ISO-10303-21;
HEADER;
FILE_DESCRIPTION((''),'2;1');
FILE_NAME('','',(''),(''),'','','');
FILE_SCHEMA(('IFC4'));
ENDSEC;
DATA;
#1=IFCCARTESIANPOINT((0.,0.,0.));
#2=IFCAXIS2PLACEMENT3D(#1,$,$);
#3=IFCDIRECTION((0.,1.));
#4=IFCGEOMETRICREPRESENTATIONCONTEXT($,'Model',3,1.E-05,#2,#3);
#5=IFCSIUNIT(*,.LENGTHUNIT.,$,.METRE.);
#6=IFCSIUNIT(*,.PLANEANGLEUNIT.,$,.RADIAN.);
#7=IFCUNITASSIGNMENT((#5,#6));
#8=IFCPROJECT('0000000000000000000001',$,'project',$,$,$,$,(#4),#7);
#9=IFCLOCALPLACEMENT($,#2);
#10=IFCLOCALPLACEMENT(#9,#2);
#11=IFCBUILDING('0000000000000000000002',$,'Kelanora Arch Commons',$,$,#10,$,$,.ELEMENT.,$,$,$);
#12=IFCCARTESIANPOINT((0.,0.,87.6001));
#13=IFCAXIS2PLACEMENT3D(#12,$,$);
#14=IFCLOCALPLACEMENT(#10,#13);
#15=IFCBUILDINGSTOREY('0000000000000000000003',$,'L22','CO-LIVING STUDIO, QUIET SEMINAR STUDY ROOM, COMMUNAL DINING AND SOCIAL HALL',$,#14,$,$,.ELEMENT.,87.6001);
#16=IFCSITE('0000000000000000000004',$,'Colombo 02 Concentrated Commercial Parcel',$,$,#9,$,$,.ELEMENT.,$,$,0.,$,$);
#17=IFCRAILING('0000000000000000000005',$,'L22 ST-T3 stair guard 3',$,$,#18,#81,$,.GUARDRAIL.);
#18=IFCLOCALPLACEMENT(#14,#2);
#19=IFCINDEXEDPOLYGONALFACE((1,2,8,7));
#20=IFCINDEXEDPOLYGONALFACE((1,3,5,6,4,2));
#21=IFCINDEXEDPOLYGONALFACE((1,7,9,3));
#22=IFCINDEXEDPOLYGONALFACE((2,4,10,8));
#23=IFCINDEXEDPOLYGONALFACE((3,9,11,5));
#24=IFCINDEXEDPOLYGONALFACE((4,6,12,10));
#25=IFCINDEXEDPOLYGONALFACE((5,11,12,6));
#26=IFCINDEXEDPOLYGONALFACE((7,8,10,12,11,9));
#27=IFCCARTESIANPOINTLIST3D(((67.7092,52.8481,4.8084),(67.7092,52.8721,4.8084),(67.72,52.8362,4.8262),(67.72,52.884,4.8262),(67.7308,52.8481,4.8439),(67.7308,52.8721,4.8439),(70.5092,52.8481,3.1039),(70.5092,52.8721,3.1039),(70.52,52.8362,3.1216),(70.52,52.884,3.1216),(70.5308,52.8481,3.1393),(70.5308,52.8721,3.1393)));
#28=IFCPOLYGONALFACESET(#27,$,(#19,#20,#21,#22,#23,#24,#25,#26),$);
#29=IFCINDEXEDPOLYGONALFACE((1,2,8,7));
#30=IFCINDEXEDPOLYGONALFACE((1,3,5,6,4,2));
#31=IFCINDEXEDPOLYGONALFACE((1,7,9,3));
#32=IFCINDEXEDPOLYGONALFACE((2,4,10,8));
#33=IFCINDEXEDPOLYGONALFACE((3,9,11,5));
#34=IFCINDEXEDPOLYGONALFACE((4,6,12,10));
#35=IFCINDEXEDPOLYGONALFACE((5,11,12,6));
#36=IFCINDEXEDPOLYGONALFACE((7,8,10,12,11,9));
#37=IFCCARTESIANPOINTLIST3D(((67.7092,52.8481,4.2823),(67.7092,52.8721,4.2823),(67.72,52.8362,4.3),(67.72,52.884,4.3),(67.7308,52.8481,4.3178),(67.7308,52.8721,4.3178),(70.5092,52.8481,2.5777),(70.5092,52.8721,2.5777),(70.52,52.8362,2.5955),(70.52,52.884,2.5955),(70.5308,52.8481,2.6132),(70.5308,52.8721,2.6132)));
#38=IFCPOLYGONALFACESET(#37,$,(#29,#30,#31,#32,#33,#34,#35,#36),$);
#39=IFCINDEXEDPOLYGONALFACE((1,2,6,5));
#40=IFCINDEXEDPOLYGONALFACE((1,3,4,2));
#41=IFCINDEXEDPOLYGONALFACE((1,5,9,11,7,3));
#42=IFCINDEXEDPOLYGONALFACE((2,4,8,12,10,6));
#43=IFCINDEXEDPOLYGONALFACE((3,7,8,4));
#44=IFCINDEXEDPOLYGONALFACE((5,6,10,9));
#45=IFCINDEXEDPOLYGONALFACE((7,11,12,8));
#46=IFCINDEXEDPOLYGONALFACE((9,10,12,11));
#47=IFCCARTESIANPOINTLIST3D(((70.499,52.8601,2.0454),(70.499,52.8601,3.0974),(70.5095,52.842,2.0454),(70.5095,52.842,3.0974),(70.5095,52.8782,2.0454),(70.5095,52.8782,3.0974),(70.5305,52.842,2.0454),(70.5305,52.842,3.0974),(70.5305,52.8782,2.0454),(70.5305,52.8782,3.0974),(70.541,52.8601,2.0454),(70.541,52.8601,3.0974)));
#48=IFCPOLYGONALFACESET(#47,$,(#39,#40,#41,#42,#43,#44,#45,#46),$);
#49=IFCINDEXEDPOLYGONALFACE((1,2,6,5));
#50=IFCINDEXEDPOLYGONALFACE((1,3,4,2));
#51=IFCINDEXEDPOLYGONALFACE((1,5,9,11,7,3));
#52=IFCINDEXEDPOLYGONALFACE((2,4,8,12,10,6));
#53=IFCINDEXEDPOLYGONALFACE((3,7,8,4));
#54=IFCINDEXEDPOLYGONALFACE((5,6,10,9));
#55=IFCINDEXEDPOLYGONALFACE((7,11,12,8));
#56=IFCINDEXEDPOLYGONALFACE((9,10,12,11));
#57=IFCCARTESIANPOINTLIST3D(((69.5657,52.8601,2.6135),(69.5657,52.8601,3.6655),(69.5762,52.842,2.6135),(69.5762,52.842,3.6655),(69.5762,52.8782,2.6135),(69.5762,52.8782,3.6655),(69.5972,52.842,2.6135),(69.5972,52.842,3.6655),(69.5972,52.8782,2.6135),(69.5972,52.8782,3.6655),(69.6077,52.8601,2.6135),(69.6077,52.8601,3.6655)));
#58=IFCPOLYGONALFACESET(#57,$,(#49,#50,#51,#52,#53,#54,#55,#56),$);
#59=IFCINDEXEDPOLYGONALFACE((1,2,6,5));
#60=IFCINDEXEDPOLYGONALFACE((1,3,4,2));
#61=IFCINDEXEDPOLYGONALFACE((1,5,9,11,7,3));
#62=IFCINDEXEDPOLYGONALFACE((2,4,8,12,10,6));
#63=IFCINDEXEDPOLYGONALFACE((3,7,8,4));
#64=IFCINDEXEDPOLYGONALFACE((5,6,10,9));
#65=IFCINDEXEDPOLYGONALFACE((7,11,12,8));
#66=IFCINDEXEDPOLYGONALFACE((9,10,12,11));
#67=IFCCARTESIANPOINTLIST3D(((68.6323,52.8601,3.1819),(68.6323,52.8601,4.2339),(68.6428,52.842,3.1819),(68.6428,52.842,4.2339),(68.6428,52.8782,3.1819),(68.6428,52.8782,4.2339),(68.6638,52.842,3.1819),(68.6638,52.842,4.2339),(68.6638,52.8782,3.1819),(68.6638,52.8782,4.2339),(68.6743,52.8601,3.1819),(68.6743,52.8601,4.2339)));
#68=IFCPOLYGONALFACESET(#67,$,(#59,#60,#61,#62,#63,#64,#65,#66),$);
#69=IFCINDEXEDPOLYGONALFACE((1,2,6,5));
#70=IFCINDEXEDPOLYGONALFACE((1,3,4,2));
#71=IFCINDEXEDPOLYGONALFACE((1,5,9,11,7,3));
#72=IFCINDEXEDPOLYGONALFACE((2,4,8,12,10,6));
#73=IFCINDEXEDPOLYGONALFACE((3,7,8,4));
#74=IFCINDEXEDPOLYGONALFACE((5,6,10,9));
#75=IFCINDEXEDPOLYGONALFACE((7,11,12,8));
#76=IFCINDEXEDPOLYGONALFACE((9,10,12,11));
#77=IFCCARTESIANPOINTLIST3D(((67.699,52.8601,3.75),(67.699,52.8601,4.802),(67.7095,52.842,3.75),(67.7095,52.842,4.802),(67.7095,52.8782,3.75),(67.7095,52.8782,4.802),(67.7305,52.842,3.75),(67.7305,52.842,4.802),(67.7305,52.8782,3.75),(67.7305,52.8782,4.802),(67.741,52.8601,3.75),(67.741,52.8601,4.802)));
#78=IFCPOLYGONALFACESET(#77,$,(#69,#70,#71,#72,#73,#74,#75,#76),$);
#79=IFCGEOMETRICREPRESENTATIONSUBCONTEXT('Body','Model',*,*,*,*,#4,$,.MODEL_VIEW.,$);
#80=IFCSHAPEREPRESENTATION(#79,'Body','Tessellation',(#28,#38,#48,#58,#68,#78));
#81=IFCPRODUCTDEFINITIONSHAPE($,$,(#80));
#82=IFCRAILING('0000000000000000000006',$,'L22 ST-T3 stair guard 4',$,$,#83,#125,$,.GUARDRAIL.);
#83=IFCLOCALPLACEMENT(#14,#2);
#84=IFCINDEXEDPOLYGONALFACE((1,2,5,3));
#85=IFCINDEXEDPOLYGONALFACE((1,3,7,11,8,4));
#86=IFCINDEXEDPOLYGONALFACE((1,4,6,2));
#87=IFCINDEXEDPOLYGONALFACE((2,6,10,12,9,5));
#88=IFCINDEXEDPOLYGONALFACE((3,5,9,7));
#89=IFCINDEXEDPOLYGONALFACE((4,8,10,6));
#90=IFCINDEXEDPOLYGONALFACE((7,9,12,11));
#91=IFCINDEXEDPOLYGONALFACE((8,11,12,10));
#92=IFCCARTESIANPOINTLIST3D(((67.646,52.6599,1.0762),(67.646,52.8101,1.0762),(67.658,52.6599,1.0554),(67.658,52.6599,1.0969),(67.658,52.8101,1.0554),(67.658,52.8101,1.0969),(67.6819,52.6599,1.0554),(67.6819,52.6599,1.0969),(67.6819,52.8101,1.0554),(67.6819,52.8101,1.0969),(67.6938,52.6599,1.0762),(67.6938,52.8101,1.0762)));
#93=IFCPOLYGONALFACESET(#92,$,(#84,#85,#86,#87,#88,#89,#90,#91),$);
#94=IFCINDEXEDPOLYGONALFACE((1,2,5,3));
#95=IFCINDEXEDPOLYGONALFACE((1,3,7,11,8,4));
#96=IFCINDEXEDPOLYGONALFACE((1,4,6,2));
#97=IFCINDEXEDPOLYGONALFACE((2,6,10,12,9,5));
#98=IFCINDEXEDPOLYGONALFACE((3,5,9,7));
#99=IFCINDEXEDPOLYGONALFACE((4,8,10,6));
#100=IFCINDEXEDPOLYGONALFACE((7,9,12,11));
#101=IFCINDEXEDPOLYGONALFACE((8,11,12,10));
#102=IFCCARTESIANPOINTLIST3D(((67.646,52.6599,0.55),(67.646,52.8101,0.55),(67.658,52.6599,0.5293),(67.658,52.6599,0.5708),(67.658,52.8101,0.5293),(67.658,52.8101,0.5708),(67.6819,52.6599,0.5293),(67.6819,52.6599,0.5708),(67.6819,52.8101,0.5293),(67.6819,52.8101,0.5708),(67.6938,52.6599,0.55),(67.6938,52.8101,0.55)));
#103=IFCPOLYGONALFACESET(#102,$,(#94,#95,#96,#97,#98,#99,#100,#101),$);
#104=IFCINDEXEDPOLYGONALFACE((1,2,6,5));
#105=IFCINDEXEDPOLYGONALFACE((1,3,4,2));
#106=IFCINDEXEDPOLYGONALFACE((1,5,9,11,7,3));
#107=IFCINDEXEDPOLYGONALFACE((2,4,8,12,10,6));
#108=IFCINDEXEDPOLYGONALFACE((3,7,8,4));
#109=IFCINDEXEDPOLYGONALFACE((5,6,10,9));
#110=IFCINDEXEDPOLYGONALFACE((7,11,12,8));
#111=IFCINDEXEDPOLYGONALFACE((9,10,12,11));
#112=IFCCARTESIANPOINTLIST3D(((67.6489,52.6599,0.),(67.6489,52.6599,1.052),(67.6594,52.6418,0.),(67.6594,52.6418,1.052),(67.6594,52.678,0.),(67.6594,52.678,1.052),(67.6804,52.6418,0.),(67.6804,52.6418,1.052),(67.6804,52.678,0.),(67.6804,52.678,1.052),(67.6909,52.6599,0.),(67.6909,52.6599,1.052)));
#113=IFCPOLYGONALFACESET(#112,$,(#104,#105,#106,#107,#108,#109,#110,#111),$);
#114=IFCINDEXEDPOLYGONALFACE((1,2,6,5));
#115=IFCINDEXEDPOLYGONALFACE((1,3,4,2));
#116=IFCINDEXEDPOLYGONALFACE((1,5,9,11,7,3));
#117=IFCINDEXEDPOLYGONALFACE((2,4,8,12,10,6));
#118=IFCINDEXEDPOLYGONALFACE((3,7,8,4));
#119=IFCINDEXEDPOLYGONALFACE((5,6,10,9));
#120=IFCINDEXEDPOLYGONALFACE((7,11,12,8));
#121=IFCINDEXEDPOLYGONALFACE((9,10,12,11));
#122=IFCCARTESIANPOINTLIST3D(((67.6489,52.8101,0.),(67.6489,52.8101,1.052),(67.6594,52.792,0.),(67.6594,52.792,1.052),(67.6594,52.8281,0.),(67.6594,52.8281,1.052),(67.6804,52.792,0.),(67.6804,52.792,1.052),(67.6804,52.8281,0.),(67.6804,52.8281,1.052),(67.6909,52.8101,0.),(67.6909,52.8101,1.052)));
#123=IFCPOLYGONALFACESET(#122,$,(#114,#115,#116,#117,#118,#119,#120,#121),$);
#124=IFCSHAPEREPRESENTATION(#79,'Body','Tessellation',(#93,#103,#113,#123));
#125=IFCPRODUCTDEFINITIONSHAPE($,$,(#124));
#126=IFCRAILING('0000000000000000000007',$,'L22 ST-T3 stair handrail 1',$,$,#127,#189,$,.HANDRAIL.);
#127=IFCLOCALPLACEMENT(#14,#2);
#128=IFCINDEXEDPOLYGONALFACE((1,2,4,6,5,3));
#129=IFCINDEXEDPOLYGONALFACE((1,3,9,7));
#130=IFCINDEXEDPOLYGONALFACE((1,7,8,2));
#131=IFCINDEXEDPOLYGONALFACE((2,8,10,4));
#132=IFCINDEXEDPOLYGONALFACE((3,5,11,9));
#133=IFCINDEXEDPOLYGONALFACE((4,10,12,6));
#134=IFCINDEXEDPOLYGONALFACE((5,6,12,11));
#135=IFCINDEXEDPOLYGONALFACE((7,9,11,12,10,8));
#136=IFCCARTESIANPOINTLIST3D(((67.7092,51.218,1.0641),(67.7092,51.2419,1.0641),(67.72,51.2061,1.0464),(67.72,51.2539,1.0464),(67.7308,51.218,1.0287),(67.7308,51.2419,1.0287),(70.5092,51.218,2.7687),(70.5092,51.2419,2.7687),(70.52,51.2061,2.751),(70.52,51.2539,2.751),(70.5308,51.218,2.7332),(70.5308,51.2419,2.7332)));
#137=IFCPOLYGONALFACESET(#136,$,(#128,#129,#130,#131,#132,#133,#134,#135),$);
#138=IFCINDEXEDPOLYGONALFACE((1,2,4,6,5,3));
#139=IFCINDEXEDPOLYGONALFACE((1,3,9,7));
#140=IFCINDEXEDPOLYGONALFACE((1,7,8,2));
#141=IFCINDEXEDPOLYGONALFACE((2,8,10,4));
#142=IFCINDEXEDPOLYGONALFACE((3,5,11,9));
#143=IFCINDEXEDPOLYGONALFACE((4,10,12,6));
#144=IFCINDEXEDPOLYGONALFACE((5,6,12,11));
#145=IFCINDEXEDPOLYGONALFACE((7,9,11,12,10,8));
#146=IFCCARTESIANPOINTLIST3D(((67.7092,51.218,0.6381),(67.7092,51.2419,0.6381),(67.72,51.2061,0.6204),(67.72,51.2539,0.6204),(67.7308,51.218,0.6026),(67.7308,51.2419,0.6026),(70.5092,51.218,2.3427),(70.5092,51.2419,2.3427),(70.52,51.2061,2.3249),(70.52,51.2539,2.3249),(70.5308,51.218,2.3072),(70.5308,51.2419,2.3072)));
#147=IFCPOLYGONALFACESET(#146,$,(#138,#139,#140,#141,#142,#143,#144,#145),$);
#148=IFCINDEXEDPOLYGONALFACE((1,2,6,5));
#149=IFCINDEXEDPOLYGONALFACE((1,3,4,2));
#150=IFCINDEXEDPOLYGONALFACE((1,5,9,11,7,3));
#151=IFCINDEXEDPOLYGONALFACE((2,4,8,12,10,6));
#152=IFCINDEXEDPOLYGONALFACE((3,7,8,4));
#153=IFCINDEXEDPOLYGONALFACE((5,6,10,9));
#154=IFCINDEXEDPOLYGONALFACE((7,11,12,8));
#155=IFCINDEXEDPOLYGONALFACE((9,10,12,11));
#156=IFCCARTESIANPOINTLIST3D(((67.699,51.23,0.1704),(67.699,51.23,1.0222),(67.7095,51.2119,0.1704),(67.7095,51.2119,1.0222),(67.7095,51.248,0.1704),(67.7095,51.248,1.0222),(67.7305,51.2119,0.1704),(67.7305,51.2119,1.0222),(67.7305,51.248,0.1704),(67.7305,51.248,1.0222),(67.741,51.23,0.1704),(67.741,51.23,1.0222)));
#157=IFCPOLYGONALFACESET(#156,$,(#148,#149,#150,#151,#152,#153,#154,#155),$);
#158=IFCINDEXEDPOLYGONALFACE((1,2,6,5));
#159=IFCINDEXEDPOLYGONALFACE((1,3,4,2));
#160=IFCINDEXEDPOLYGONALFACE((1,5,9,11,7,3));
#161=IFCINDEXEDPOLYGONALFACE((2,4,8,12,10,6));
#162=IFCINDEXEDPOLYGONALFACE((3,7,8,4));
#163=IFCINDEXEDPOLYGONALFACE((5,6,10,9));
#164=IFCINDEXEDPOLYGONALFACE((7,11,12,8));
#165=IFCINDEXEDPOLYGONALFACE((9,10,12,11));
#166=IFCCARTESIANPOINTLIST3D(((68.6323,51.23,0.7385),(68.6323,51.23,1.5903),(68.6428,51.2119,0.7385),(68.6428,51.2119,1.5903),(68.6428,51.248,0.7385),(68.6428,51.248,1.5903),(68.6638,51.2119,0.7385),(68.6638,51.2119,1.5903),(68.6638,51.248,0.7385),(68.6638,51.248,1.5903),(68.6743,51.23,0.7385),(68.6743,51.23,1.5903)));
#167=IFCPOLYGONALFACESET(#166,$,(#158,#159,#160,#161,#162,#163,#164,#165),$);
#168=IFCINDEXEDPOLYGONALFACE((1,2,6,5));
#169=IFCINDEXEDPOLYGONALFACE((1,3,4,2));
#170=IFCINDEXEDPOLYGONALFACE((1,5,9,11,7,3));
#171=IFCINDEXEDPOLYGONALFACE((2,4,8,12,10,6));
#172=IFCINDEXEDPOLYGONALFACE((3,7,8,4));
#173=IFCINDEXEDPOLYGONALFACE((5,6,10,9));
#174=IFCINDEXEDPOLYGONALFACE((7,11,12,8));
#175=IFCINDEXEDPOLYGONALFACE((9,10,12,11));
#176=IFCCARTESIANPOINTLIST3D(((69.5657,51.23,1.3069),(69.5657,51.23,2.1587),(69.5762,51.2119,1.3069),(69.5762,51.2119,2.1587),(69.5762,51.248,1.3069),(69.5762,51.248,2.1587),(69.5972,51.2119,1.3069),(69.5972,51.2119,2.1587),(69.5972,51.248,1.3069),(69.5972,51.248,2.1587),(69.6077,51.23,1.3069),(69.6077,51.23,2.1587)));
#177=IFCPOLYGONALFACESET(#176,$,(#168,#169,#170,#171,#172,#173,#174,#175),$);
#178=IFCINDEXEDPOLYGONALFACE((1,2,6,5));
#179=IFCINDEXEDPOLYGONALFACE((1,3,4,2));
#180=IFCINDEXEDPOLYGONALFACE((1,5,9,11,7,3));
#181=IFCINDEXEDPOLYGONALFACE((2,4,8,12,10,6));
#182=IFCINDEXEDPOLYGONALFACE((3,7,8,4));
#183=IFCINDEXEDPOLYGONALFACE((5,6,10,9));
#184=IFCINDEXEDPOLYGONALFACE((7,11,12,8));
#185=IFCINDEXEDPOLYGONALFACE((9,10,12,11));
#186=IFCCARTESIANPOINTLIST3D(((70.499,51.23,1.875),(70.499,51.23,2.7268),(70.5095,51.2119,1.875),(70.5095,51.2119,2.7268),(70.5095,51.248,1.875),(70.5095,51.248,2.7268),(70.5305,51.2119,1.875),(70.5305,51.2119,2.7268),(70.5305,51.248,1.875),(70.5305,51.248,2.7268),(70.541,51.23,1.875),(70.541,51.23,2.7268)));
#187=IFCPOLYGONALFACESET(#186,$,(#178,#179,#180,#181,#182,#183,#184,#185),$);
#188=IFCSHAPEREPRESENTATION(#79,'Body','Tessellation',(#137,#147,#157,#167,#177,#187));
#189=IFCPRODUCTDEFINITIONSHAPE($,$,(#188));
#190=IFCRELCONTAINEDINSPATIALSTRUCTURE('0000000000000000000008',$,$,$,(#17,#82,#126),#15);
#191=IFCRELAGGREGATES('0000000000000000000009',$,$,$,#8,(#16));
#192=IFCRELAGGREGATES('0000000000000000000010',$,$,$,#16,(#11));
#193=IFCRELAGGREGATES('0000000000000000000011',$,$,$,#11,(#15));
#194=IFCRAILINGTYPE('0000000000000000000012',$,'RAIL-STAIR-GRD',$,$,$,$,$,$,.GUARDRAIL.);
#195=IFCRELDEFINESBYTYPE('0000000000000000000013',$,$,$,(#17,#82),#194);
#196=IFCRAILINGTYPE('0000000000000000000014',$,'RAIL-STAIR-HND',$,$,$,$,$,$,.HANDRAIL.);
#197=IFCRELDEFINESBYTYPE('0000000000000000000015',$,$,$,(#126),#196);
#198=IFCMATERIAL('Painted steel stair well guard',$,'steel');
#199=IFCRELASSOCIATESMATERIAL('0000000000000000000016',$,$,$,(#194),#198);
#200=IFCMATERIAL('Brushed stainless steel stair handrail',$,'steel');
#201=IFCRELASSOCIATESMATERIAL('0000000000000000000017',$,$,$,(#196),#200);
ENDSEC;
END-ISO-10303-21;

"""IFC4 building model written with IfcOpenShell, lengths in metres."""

from ifc_helpers import new_model, si_unit, direction, frame, origin, place, context, subcontext, project, spatial, polyline, outline, extrude, material, type_object, element, save


model = new_model("IFC4")

# Units and contexts
model_context = context("Model", 3, precision=1e-05, world=origin(), true_north=direction((0.0, 1.0)))
body_context = subcontext(model_context, "Body", "Model", "MODEL_VIEW")
ifc_project = project(units=[si_unit("LENGTHUNIT", "METRE"), si_unit("PLANEANGLEUNIT", "RADIAN")], contexts=[model_context])

# Site, building, storey
site_placement = place(None, origin())
site = spatial("IfcSite", under=ifc_project, at=site_placement, Name="Colombo 02 Concentrated Commercial Parcel", CompositionType="ELEMENT", RefElevation=0.0)
building_placement = place(site_placement, origin())
building = spatial("IfcBuilding", under=site, at=building_placement, Name="Kelanora Arch Commons", CompositionType="ELEMENT")
storey_placement = place(building_placement, frame((0.0, 0.0, 87.6001)))
storey = spatial("IfcBuildingStorey", under=building, at=storey_placement, Name="L22", Description="CO-LIVING STUDIO, QUIET SEMINAR STUDY ROOM, COMMUNAL DINING AND SOCIAL HALL", CompositionType="ELEMENT", Elevation=87.6001)

# Railings
ifc_material_1 = material(Name="Painted steel stair well guard", Category="steel")
railing_type_1 = type_object("IfcRailingType", Name="RAIL-STAIR-GRD", PredefinedType="GUARDRAIL", material=ifc_material_1)
railing_1_placement = place(storey_placement, frame((70.52, 52.8601, 2.0454)))
element("IfcRailing", 1, at=railing_1_placement, inside=storey, type_object=railing_type_1, Name="L22 ST-T3 stair guard 3", PredefinedType="GUARDRAIL", context=body_context, shape_type="SweptSolid", body=[
    extrude(outline(polyline([(0.0239, 0.0), (0.012, 0.0208), (-0.012, 0.0208), (-0.0239, 0.0), (-0.012, -0.0208), (0.012, -0.0208), (0.0239, 0.0)])), frame((0.0, 0.0, 1.0762), z_axis=(-0.85417, 0.0, 0.519994), x_axis=(0.0, -1.0, 0.0)), (0.0, 0.0, 1.0), 3.2781),
    extrude(outline(polyline([(0.0239, 0.0), (0.012, 0.0208), (-0.012, 0.0208), (-0.0239, 0.0), (-0.012, -0.0208), (0.012, -0.0208), (0.0239, 0.0)])), frame((0.0, 0.0, 0.55), z_axis=(-0.85417, 0.0, 0.519994), x_axis=(0.0, -1.0, 0.0)), (0.0, 0.0, 1.0), 3.2781),
    extrude(outline(polyline([(0.021, 0.0), (0.0105, 0.0181), (-0.0105, 0.0181), (-0.021, 0.0), (-0.0105, -0.0181), (0.0105, -0.0181), (0.021, 0.0)])), origin(), (0.0, 0.0, 1.0), 1.052),
    extrude(outline(polyline([(0.021, 0.0), (0.0105, 0.0181), (-0.0105, 0.0181), (-0.021, 0.0), (-0.0105, -0.0181), (0.0105, -0.0181), (0.021, 0.0)])), frame((-0.9333, 0.0, 0.5681)), (0.0, 0.0, 1.0), 1.052),
    extrude(outline(polyline([(0.021, 0.0), (0.0105, 0.0181), (-0.0105, 0.0181), (-0.021, 0.0), (-0.0105, -0.0181), (0.0105, -0.0181), (0.021, 0.0)])), frame((-1.8667, 0.0, 1.1365)), (0.0, 0.0, 1.0), 1.052),
    extrude(outline(polyline([(0.021, 0.0), (0.0105, 0.0181), (-0.0105, 0.0181), (-0.021, 0.0), (-0.0105, -0.0181), (0.0105, -0.0181), (0.021, 0.0)])), frame((-2.8, 0.0, 1.7046)), (0.0, 0.0, 1.0), 1.052),
])
railing_2_placement = place(storey_placement, frame((67.6699, 52.6599, 0.0)))
element("IfcRailing", 2, at=railing_2_placement, inside=storey, type_object=railing_type_1, Name="L22 ST-T3 stair guard 4", PredefinedType="GUARDRAIL", context=body_context, shape_type="SweptSolid", body=[
    extrude(outline(polyline([(0.0239, 0.0), (0.012, 0.0208), (-0.012, 0.0208), (-0.0239, 0.0), (-0.012, -0.0208), (0.012, -0.0208), (0.0239, 0.0)])), frame((0.0, 0.0, 1.0762), z_axis=(0.0, 1.0, 0.0), x_axis=(-1.0, 0.0, 0.0)), (0.0, 0.0, 1.0), 0.1501),
    extrude(outline(polyline([(0.0239, 0.0), (0.012, 0.0208), (-0.012, 0.0208), (-0.0239, 0.0), (-0.012, -0.0208), (0.012, -0.0208), (0.0239, 0.0)])), frame((0.0, 0.0, 0.55), z_axis=(0.0, 1.0, 0.0), x_axis=(-1.0, 0.0, 0.0)), (0.0, 0.0, 1.0), 0.1501),
    extrude(outline(polyline([(0.021, 0.0), (0.0105, 0.0181), (-0.0105, 0.0181), (-0.021, 0.0), (-0.0105, -0.0181), (0.0105, -0.0181), (0.021, 0.0)])), origin(), (0.0, 0.0, 1.0), 1.052),
    extrude(outline(polyline([(0.021, 0.0), (0.0105, 0.0181), (-0.0105, 0.0181), (-0.021, 0.0), (-0.0105, -0.0181), (0.0105, -0.0181), (0.021, 0.0)])), frame((0.0, 0.1501, 0.0)), (0.0, 0.0, 1.0), 1.052),
])
ifc_material_2 = material(Name="Brushed stainless steel stair handrail", Category="steel")
railing_type_2 = type_object("IfcRailingType", Name="RAIL-STAIR-HND", PredefinedType="HANDRAIL", material=ifc_material_2)
railing_3_placement = place(storey_placement, frame((67.72, 51.23, 0.1704)))
element("IfcRailing", 3, at=railing_3_placement, inside=storey, type_object=railing_type_2, Name="L22 ST-T3 stair handrail 1", PredefinedType="HANDRAIL", context=body_context, shape_type="SweptSolid", body=[
    extrude(outline(polyline([(0.0239, 0.0), (0.012, 0.0208), (-0.012, 0.0208), (-0.0239, 0.0), (-0.012, -0.0208), (0.012, -0.0208), (0.0239, 0.0)])), frame((0.0, 0.0, 0.876), z_axis=(0.85417, 0.0, 0.519994), x_axis=(0.0, 1.0, 0.0)), (0.0, 0.0, 1.0), 3.2781),
    extrude(outline(polyline([(0.0239, 0.0), (0.012, 0.0208), (-0.012, 0.0208), (-0.0239, 0.0), (-0.012, -0.0208), (0.012, -0.0208), (0.0239, 0.0)])), frame((0.0, 0.0, 0.45), z_axis=(0.85417, 0.0, 0.519994), x_axis=(0.0, 1.0, 0.0)), (0.0, 0.0, 1.0), 3.2781),
    extrude(outline(polyline([(0.021, 0.0), (0.0105, 0.0181), (-0.0105, 0.0181), (-0.021, 0.0), (-0.0105, -0.0181), (0.0105, -0.0181), (0.021, 0.0)])), origin(), (0.0, 0.0, 1.0), 0.8518),
    extrude(outline(polyline([(0.021, 0.0), (0.0105, 0.0181), (-0.0105, 0.0181), (-0.021, 0.0), (-0.0105, -0.0181), (0.0105, -0.0181), (0.021, 0.0)])), frame((0.9333, 0.0, 0.5681)), (0.0, 0.0, 1.0), 0.8518),
    extrude(outline(polyline([(0.021, 0.0), (0.0105, 0.0181), (-0.0105, 0.0181), (-0.021, 0.0), (-0.0105, -0.0181), (0.0105, -0.0181), (0.021, 0.0)])), frame((1.8667, 0.0, 1.1365)), (0.0, 0.0, 1.0), 0.8518),
    extrude(outline(polyline([(0.021, 0.0), (0.0105, 0.0181), (-0.0105, 0.0181), (-0.021, 0.0), (-0.0105, -0.0181), (0.0105, -0.0181), (0.021, 0.0)])), frame((2.8, 0.0, 1.7046)), (0.0, 0.0, 1.0), 0.8518),
])

save(model, "model.ifc")
